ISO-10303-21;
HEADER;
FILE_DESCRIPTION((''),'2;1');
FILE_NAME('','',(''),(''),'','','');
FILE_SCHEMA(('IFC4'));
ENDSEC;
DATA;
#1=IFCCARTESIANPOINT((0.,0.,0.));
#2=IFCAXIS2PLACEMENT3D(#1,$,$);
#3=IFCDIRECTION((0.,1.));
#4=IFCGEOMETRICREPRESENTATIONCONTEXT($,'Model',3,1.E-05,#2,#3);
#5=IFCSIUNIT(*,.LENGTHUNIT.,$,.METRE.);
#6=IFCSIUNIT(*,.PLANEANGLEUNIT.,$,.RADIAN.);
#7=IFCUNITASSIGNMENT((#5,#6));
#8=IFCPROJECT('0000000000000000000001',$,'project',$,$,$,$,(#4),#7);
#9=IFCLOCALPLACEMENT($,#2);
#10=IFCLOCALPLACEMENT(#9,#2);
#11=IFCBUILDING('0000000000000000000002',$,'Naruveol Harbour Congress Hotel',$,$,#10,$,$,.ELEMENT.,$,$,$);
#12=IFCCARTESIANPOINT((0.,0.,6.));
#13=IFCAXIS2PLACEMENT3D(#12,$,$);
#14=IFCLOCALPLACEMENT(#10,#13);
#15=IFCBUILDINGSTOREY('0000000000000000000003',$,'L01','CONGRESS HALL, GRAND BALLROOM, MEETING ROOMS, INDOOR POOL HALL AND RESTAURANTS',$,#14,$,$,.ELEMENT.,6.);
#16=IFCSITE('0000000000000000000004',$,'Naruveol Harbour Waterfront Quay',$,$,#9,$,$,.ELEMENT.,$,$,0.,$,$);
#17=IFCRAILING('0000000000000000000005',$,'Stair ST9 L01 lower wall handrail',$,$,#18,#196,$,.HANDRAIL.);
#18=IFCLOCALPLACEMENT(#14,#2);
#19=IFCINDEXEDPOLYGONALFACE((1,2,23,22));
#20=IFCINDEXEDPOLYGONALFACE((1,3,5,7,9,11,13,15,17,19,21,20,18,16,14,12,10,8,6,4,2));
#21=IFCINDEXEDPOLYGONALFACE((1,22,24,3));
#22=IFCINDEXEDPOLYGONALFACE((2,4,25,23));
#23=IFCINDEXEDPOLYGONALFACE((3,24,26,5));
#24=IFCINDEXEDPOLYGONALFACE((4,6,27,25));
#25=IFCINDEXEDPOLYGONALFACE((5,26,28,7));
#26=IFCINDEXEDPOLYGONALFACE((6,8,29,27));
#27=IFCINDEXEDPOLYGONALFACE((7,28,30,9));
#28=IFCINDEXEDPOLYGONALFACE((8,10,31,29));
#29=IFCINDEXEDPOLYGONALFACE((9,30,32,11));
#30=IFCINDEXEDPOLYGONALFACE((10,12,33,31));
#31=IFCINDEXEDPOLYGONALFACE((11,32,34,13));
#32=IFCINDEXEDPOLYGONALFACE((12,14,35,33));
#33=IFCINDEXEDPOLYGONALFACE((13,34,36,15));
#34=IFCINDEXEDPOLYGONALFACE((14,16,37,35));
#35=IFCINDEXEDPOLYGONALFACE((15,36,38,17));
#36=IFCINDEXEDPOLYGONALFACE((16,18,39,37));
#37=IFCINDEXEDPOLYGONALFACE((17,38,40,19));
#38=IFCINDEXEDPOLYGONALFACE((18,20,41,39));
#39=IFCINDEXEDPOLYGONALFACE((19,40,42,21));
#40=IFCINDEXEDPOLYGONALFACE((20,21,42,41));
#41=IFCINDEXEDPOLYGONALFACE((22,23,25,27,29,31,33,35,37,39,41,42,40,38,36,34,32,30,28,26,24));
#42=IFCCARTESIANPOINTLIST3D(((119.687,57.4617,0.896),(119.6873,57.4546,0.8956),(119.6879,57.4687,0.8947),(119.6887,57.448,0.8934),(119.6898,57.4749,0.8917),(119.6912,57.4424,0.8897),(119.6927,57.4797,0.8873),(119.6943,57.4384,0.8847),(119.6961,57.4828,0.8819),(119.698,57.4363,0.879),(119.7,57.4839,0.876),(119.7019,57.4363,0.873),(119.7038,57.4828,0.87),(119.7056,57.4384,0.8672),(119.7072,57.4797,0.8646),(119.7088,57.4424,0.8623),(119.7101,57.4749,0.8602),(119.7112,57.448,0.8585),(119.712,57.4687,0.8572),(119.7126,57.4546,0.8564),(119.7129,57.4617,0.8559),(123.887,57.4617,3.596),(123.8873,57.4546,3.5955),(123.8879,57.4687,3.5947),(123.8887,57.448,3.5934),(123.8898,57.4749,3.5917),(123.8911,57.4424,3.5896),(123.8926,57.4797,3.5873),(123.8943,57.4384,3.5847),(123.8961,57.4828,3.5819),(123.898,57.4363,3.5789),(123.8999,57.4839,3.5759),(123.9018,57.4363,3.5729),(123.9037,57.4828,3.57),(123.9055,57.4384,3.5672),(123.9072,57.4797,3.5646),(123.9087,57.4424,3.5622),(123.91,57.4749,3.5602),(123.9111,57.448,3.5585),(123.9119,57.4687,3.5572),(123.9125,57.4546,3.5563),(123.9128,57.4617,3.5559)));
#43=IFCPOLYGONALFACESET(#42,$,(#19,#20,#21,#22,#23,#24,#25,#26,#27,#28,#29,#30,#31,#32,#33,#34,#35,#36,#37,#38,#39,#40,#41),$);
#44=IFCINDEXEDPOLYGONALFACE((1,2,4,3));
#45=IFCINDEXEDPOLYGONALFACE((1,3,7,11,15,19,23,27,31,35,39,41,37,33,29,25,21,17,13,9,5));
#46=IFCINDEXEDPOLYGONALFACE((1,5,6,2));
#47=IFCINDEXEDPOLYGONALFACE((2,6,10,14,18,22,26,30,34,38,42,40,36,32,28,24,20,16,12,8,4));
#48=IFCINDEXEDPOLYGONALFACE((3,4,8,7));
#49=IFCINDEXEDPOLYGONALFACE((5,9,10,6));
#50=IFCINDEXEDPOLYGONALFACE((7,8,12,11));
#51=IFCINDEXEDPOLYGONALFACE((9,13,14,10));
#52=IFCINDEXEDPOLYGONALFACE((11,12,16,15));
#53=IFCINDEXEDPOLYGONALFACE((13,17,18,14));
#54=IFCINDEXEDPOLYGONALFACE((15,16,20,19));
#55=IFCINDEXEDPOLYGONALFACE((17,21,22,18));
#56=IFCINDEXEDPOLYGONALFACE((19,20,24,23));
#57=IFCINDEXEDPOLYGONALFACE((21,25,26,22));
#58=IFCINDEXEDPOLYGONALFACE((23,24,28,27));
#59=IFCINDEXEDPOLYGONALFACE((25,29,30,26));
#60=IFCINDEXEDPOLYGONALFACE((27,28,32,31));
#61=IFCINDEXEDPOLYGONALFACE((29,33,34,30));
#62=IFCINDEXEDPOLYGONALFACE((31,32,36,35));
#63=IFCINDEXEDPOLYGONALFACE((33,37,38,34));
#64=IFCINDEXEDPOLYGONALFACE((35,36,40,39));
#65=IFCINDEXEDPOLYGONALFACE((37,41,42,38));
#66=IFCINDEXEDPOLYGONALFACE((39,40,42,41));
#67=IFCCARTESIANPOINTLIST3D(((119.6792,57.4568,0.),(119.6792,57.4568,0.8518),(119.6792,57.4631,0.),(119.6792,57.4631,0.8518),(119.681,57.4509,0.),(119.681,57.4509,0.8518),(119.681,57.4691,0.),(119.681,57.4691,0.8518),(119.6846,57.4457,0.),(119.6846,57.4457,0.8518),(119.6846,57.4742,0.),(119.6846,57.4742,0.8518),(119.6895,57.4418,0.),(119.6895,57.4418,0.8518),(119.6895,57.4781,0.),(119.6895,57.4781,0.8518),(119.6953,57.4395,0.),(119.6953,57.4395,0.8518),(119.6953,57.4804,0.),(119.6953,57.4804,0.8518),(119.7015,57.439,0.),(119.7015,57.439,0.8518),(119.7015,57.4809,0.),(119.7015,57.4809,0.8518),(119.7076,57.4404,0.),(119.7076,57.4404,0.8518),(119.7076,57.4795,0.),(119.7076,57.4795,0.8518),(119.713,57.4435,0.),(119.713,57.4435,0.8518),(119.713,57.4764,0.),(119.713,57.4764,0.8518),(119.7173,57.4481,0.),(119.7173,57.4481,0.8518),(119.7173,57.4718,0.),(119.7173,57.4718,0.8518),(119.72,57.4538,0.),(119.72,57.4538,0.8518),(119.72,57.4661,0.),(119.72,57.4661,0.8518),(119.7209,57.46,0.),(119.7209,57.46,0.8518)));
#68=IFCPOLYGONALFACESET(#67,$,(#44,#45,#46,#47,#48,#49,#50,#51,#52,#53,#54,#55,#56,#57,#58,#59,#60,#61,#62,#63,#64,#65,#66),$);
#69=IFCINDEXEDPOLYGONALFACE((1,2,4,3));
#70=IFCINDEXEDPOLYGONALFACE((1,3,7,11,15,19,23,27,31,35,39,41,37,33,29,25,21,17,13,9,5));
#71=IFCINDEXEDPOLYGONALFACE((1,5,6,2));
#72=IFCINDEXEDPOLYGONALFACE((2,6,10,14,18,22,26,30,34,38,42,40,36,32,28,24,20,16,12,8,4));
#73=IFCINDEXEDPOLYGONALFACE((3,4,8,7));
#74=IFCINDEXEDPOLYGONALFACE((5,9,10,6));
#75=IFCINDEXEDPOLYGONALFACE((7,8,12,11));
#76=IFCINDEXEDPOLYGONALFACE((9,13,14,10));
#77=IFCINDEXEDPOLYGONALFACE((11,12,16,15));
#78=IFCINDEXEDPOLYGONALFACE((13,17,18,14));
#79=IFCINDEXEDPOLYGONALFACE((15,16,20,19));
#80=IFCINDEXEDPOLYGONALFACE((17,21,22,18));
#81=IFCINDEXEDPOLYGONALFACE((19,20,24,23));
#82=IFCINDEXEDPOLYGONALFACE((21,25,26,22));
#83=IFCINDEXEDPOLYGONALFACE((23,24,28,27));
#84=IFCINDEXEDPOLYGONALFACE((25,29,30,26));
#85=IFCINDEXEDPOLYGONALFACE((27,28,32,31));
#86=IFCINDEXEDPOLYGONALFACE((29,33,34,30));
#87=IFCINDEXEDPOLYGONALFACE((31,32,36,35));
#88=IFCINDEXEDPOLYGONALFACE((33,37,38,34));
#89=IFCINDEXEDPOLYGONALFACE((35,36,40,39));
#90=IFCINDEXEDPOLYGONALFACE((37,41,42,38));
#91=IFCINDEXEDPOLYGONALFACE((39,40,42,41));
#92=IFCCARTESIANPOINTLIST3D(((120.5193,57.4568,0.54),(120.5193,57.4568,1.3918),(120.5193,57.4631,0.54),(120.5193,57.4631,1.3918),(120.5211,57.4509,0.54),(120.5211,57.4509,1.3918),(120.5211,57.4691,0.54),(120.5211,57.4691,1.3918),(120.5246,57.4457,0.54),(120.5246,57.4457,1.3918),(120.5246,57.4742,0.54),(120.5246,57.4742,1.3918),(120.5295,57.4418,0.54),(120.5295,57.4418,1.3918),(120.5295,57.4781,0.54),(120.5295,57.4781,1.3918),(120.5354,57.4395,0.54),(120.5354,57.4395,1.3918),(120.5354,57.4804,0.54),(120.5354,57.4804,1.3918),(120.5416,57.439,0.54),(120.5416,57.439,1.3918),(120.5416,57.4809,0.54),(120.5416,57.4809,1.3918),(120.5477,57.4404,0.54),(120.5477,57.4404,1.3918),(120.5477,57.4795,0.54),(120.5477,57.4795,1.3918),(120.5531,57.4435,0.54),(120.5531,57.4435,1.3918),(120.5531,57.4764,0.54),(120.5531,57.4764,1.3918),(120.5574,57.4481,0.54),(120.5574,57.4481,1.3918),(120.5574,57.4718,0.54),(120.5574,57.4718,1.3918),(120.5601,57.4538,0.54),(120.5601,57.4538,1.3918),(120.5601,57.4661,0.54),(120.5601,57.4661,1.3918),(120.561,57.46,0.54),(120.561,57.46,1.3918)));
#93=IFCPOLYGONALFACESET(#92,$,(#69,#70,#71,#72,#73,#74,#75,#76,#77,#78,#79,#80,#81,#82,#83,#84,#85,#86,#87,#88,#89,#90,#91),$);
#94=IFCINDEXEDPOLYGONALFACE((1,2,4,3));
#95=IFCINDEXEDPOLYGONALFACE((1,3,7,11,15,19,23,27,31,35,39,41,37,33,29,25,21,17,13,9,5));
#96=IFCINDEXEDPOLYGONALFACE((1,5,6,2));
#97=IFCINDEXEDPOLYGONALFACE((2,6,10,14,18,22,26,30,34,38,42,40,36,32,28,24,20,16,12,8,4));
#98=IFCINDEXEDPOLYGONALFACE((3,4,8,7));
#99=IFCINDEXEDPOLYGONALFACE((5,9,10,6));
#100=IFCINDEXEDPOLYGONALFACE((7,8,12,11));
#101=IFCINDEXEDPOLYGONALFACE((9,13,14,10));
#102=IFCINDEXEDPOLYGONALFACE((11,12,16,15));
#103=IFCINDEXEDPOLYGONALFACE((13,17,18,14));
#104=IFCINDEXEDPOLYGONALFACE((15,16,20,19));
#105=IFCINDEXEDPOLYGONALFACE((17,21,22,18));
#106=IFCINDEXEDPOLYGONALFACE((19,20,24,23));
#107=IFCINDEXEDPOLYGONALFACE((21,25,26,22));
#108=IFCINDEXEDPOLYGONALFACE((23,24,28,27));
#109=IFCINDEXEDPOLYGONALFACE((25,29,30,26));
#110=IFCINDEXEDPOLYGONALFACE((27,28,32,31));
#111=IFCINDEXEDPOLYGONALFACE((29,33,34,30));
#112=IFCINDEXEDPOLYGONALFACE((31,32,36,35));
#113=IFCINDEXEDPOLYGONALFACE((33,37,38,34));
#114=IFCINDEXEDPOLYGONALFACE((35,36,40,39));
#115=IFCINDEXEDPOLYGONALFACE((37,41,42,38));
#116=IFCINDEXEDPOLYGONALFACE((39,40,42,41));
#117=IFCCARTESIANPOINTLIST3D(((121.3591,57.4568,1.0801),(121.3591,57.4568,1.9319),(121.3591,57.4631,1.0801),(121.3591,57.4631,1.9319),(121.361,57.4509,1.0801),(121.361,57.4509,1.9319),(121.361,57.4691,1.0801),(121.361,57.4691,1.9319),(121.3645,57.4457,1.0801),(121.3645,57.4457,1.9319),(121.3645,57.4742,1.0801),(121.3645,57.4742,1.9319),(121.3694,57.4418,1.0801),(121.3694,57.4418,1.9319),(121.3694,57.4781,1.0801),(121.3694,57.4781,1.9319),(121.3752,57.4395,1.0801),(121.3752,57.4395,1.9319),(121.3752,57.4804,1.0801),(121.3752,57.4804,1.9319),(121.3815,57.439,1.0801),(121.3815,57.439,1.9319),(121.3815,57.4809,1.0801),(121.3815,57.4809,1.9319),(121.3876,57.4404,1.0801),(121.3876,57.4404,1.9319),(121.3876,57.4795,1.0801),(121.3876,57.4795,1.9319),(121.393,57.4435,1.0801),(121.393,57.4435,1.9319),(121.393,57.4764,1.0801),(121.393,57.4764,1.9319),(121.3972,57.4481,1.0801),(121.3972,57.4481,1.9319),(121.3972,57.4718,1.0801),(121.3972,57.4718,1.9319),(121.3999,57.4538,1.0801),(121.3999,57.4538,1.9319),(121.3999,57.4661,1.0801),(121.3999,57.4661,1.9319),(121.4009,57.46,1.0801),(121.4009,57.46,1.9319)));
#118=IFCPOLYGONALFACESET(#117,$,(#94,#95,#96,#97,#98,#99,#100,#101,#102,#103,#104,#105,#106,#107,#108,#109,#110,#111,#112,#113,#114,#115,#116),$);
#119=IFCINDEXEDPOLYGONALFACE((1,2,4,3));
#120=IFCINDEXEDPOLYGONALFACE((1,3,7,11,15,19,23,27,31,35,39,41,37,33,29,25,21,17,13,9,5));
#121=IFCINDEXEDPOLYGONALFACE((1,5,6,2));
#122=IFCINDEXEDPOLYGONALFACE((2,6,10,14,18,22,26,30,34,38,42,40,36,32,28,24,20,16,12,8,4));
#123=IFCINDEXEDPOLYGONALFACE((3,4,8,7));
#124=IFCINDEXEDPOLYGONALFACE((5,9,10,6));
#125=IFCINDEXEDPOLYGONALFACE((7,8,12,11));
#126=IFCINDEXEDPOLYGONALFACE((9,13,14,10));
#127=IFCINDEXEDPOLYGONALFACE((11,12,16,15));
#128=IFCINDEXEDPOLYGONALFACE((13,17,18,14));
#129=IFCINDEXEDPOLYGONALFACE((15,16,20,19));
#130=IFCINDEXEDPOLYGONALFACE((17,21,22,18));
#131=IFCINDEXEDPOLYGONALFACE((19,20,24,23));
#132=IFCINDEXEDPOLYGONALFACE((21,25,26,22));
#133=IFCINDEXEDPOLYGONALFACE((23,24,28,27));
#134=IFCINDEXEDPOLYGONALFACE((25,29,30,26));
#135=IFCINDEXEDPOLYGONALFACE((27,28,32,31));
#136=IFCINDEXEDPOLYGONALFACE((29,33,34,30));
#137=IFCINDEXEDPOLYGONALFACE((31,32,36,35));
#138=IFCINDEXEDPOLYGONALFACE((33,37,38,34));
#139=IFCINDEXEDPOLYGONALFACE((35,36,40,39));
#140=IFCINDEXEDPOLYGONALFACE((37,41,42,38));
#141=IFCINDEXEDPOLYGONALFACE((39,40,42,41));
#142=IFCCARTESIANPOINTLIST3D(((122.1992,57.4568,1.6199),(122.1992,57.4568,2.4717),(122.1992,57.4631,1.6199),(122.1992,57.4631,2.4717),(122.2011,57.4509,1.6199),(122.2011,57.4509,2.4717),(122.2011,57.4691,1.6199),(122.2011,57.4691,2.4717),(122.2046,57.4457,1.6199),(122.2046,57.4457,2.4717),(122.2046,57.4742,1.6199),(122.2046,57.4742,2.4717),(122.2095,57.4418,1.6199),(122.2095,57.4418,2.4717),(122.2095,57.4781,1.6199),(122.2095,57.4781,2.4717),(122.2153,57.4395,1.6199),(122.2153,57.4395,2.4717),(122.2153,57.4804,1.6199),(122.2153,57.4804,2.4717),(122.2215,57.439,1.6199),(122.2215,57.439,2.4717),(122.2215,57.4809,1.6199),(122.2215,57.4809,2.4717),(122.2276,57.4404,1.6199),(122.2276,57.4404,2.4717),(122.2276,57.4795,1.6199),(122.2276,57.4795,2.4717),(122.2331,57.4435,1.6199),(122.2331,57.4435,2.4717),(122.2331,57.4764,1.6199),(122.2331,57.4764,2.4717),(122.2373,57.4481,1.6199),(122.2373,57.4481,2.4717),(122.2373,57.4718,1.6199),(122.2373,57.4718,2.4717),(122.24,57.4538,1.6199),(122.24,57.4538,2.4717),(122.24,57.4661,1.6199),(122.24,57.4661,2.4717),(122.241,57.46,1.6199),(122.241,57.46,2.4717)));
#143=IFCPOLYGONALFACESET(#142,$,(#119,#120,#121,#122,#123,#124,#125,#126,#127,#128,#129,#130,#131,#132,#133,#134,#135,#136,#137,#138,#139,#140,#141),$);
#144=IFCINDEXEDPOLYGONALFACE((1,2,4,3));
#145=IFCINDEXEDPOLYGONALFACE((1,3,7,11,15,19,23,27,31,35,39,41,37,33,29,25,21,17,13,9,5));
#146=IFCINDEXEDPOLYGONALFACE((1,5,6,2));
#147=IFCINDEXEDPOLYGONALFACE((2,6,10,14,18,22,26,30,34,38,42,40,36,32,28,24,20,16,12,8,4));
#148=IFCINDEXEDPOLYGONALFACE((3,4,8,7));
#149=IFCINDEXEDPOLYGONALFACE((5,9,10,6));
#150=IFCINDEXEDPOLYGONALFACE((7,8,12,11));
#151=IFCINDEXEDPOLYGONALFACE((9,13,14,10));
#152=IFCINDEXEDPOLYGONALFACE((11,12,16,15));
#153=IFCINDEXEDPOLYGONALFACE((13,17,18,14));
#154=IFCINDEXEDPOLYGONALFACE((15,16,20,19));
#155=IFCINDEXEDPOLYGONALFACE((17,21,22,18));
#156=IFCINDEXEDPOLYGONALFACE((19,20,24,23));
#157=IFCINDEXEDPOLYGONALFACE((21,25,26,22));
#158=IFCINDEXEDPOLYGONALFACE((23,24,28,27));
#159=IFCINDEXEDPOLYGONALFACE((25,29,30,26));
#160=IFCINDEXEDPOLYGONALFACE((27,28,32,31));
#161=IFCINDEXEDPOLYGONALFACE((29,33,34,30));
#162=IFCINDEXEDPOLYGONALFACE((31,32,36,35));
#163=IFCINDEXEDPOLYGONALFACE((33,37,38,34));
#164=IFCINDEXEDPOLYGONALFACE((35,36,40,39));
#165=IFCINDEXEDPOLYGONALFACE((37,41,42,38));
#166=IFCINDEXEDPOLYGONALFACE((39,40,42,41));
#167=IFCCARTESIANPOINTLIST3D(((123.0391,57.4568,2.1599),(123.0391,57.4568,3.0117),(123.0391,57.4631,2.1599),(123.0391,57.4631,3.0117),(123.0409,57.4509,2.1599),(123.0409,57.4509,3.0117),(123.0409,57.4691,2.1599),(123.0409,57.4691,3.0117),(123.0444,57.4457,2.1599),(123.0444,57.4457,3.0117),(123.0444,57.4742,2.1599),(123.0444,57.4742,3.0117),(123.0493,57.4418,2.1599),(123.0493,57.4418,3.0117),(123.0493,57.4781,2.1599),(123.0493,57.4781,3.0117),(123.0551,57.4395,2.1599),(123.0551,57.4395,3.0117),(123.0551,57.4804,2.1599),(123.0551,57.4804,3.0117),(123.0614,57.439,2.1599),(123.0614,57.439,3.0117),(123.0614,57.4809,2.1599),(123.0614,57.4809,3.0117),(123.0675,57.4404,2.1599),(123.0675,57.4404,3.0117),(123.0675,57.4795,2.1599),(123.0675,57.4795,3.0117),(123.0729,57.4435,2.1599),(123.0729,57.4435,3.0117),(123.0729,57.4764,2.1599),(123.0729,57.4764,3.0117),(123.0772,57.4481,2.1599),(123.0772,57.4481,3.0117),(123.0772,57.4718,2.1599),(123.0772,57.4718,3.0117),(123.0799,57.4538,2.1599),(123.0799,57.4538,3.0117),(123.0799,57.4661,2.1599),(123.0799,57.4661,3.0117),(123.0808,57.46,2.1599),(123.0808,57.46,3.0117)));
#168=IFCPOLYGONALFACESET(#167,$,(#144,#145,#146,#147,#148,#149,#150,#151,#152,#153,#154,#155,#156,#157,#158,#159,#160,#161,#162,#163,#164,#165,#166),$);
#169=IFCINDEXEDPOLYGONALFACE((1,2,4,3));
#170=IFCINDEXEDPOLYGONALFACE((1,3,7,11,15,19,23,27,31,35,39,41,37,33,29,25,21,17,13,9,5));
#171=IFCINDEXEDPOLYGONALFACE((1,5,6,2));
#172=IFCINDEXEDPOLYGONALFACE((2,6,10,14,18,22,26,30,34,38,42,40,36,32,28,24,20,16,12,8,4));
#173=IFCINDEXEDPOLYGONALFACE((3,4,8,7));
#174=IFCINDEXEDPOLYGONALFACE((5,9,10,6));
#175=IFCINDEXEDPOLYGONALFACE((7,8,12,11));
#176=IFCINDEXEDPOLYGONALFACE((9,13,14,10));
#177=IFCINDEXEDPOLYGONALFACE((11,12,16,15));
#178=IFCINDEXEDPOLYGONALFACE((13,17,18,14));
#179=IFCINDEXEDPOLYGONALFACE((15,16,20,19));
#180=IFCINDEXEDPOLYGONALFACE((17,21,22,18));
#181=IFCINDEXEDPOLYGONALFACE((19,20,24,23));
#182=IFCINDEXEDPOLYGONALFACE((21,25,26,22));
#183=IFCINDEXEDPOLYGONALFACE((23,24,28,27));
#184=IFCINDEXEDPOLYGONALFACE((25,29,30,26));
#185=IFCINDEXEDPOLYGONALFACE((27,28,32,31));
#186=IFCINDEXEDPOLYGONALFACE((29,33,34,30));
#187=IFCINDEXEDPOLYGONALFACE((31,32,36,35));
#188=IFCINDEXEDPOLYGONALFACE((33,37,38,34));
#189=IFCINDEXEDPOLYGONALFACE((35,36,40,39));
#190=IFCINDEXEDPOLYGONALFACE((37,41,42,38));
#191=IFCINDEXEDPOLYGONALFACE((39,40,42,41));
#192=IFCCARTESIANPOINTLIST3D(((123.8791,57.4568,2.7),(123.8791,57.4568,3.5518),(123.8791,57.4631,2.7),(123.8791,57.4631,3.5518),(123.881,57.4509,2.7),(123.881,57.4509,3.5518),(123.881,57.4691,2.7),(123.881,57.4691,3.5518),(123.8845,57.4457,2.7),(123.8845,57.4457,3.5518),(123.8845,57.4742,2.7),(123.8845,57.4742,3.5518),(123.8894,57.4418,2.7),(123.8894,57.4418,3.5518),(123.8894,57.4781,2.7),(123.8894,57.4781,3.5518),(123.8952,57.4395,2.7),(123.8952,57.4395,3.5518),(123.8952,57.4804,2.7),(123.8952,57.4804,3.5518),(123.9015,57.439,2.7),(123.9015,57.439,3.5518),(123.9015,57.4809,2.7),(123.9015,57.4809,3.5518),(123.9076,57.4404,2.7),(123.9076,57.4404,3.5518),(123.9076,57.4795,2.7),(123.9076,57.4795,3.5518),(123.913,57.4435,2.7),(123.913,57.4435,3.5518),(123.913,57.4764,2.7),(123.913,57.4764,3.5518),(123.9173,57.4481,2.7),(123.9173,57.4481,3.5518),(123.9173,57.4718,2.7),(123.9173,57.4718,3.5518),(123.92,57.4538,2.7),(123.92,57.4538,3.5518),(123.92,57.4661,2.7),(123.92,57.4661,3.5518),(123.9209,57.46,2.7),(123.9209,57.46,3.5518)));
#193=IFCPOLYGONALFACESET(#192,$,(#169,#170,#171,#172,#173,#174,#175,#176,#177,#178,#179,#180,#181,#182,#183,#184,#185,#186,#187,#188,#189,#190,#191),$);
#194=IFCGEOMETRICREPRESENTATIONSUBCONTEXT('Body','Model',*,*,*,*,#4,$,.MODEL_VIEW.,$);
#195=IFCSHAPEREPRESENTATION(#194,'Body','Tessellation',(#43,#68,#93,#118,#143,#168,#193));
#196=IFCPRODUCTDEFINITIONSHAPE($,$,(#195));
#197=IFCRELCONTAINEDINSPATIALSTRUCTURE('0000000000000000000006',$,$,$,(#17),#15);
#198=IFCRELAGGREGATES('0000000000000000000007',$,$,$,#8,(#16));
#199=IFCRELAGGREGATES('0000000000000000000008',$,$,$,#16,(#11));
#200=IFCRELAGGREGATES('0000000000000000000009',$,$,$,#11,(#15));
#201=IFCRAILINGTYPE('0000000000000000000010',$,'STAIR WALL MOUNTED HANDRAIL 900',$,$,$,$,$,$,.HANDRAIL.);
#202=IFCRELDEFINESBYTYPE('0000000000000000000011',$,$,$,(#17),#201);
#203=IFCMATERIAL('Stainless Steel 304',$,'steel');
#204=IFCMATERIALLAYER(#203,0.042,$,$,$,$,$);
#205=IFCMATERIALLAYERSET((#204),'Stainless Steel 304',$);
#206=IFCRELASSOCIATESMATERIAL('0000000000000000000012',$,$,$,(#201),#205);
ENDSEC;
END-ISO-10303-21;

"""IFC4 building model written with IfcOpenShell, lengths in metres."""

from ifc_helpers import new_model, si_unit, direction, frame, origin, origin_2d, place, context, subcontext, project, spatial, circle, extrude, material, layer, layer_set, type_object, element, save


model = new_model("IFC4")

# Units and contexts
model_context = context("Model", 3, precision=1e-05, world=origin(), true_north=direction((0.0, 1.0)))
body_context = subcontext(model_context, "Body", "Model", "MODEL_VIEW")
ifc_project = project(units=[si_unit("LENGTHUNIT", "METRE"), si_unit("PLANEANGLEUNIT", "RADIAN")], contexts=[model_context])

# Site, building, storey
site_placement = place(None, origin())
site = spatial("IfcSite", under=ifc_project, at=site_placement, Name="Naruveol Harbour Waterfront Quay", CompositionType="ELEMENT", RefElevation=0.0)
building_placement = place(site_placement, origin())
building = spatial("IfcBuilding", under=site, at=building_placement, Name="Naruveol Harbour Congress Hotel", CompositionType="ELEMENT")
storey_placement = place(building_placement, frame((0.0, 0.0, 6.0)))
storey = spatial("IfcBuildingStorey", under=building, at=storey_placement, Name="L01", Description="CONGRESS HALL, GRAND BALLROOM, MEETING ROOMS, INDOOR POOL HALL AND RESTAURANTS", CompositionType="ELEMENT", Elevation=6.0)

# Railing
ifc_material_1 = material(Name="Stainless Steel 304", Category="steel")
ifc_layer_1 = layer(ifc_material_1, 0.042)
ifc_layer_set_1 = layer_set([ifc_layer_1], Name="Stainless Steel 304")
railing_type_1 = type_object("IfcRailingType", Name="STAIR WALL MOUNTED HANDRAIL 900", PredefinedType="HANDRAIL", material=ifc_layer_set_1)
railing_1_placement = place(storey_placement, frame((119.7, 57.46, 0.0)))
element("IfcRailing", 1, at=railing_1_placement, inside=storey, type_object=railing_type_1, Name="Stair ST9 L01 lower wall handrail", PredefinedType="HANDRAIL", context=body_context, shape_type="SweptSolid", body=[
    extrude(circle(Radius=0.0239, at=origin_2d()), frame((0.0, 0.0, 0.876), z_axis=(0.84118, 0.0, 0.540755), x_axis=(0.0, 1.0, 0.0)), (0.0, 0.0, 1.0), 4.9929),
    extrude(circle(Radius=0.021, at=origin_2d()), origin(), (0.0, 0.0, 1.0), 0.8518),
    extrude(circle(Radius=0.021, at=origin_2d()), frame((0.8401, 0.0, 0.54)), (0.0, 0.0, 1.0), 0.8518),
    extrude(circle(Radius=0.021, at=origin_2d()), frame((1.6799, 0.0, 1.0801)), (0.0, 0.0, 1.0), 0.8518),
    extrude(circle(Radius=0.021, at=origin_2d()), frame((2.52, 0.0, 1.6199)), (0.0, 0.0, 1.0), 0.8518),
    extrude(circle(Radius=0.021, at=origin_2d()), frame((3.3599, 0.0, 2.1599)), (0.0, 0.0, 1.0), 0.8518),
    extrude(circle(Radius=0.021, at=origin_2d()), frame((4.2, 0.0, 2.7)), (0.0, 0.0, 1.0), 0.8518),
])

save(model, "model.ifc")
